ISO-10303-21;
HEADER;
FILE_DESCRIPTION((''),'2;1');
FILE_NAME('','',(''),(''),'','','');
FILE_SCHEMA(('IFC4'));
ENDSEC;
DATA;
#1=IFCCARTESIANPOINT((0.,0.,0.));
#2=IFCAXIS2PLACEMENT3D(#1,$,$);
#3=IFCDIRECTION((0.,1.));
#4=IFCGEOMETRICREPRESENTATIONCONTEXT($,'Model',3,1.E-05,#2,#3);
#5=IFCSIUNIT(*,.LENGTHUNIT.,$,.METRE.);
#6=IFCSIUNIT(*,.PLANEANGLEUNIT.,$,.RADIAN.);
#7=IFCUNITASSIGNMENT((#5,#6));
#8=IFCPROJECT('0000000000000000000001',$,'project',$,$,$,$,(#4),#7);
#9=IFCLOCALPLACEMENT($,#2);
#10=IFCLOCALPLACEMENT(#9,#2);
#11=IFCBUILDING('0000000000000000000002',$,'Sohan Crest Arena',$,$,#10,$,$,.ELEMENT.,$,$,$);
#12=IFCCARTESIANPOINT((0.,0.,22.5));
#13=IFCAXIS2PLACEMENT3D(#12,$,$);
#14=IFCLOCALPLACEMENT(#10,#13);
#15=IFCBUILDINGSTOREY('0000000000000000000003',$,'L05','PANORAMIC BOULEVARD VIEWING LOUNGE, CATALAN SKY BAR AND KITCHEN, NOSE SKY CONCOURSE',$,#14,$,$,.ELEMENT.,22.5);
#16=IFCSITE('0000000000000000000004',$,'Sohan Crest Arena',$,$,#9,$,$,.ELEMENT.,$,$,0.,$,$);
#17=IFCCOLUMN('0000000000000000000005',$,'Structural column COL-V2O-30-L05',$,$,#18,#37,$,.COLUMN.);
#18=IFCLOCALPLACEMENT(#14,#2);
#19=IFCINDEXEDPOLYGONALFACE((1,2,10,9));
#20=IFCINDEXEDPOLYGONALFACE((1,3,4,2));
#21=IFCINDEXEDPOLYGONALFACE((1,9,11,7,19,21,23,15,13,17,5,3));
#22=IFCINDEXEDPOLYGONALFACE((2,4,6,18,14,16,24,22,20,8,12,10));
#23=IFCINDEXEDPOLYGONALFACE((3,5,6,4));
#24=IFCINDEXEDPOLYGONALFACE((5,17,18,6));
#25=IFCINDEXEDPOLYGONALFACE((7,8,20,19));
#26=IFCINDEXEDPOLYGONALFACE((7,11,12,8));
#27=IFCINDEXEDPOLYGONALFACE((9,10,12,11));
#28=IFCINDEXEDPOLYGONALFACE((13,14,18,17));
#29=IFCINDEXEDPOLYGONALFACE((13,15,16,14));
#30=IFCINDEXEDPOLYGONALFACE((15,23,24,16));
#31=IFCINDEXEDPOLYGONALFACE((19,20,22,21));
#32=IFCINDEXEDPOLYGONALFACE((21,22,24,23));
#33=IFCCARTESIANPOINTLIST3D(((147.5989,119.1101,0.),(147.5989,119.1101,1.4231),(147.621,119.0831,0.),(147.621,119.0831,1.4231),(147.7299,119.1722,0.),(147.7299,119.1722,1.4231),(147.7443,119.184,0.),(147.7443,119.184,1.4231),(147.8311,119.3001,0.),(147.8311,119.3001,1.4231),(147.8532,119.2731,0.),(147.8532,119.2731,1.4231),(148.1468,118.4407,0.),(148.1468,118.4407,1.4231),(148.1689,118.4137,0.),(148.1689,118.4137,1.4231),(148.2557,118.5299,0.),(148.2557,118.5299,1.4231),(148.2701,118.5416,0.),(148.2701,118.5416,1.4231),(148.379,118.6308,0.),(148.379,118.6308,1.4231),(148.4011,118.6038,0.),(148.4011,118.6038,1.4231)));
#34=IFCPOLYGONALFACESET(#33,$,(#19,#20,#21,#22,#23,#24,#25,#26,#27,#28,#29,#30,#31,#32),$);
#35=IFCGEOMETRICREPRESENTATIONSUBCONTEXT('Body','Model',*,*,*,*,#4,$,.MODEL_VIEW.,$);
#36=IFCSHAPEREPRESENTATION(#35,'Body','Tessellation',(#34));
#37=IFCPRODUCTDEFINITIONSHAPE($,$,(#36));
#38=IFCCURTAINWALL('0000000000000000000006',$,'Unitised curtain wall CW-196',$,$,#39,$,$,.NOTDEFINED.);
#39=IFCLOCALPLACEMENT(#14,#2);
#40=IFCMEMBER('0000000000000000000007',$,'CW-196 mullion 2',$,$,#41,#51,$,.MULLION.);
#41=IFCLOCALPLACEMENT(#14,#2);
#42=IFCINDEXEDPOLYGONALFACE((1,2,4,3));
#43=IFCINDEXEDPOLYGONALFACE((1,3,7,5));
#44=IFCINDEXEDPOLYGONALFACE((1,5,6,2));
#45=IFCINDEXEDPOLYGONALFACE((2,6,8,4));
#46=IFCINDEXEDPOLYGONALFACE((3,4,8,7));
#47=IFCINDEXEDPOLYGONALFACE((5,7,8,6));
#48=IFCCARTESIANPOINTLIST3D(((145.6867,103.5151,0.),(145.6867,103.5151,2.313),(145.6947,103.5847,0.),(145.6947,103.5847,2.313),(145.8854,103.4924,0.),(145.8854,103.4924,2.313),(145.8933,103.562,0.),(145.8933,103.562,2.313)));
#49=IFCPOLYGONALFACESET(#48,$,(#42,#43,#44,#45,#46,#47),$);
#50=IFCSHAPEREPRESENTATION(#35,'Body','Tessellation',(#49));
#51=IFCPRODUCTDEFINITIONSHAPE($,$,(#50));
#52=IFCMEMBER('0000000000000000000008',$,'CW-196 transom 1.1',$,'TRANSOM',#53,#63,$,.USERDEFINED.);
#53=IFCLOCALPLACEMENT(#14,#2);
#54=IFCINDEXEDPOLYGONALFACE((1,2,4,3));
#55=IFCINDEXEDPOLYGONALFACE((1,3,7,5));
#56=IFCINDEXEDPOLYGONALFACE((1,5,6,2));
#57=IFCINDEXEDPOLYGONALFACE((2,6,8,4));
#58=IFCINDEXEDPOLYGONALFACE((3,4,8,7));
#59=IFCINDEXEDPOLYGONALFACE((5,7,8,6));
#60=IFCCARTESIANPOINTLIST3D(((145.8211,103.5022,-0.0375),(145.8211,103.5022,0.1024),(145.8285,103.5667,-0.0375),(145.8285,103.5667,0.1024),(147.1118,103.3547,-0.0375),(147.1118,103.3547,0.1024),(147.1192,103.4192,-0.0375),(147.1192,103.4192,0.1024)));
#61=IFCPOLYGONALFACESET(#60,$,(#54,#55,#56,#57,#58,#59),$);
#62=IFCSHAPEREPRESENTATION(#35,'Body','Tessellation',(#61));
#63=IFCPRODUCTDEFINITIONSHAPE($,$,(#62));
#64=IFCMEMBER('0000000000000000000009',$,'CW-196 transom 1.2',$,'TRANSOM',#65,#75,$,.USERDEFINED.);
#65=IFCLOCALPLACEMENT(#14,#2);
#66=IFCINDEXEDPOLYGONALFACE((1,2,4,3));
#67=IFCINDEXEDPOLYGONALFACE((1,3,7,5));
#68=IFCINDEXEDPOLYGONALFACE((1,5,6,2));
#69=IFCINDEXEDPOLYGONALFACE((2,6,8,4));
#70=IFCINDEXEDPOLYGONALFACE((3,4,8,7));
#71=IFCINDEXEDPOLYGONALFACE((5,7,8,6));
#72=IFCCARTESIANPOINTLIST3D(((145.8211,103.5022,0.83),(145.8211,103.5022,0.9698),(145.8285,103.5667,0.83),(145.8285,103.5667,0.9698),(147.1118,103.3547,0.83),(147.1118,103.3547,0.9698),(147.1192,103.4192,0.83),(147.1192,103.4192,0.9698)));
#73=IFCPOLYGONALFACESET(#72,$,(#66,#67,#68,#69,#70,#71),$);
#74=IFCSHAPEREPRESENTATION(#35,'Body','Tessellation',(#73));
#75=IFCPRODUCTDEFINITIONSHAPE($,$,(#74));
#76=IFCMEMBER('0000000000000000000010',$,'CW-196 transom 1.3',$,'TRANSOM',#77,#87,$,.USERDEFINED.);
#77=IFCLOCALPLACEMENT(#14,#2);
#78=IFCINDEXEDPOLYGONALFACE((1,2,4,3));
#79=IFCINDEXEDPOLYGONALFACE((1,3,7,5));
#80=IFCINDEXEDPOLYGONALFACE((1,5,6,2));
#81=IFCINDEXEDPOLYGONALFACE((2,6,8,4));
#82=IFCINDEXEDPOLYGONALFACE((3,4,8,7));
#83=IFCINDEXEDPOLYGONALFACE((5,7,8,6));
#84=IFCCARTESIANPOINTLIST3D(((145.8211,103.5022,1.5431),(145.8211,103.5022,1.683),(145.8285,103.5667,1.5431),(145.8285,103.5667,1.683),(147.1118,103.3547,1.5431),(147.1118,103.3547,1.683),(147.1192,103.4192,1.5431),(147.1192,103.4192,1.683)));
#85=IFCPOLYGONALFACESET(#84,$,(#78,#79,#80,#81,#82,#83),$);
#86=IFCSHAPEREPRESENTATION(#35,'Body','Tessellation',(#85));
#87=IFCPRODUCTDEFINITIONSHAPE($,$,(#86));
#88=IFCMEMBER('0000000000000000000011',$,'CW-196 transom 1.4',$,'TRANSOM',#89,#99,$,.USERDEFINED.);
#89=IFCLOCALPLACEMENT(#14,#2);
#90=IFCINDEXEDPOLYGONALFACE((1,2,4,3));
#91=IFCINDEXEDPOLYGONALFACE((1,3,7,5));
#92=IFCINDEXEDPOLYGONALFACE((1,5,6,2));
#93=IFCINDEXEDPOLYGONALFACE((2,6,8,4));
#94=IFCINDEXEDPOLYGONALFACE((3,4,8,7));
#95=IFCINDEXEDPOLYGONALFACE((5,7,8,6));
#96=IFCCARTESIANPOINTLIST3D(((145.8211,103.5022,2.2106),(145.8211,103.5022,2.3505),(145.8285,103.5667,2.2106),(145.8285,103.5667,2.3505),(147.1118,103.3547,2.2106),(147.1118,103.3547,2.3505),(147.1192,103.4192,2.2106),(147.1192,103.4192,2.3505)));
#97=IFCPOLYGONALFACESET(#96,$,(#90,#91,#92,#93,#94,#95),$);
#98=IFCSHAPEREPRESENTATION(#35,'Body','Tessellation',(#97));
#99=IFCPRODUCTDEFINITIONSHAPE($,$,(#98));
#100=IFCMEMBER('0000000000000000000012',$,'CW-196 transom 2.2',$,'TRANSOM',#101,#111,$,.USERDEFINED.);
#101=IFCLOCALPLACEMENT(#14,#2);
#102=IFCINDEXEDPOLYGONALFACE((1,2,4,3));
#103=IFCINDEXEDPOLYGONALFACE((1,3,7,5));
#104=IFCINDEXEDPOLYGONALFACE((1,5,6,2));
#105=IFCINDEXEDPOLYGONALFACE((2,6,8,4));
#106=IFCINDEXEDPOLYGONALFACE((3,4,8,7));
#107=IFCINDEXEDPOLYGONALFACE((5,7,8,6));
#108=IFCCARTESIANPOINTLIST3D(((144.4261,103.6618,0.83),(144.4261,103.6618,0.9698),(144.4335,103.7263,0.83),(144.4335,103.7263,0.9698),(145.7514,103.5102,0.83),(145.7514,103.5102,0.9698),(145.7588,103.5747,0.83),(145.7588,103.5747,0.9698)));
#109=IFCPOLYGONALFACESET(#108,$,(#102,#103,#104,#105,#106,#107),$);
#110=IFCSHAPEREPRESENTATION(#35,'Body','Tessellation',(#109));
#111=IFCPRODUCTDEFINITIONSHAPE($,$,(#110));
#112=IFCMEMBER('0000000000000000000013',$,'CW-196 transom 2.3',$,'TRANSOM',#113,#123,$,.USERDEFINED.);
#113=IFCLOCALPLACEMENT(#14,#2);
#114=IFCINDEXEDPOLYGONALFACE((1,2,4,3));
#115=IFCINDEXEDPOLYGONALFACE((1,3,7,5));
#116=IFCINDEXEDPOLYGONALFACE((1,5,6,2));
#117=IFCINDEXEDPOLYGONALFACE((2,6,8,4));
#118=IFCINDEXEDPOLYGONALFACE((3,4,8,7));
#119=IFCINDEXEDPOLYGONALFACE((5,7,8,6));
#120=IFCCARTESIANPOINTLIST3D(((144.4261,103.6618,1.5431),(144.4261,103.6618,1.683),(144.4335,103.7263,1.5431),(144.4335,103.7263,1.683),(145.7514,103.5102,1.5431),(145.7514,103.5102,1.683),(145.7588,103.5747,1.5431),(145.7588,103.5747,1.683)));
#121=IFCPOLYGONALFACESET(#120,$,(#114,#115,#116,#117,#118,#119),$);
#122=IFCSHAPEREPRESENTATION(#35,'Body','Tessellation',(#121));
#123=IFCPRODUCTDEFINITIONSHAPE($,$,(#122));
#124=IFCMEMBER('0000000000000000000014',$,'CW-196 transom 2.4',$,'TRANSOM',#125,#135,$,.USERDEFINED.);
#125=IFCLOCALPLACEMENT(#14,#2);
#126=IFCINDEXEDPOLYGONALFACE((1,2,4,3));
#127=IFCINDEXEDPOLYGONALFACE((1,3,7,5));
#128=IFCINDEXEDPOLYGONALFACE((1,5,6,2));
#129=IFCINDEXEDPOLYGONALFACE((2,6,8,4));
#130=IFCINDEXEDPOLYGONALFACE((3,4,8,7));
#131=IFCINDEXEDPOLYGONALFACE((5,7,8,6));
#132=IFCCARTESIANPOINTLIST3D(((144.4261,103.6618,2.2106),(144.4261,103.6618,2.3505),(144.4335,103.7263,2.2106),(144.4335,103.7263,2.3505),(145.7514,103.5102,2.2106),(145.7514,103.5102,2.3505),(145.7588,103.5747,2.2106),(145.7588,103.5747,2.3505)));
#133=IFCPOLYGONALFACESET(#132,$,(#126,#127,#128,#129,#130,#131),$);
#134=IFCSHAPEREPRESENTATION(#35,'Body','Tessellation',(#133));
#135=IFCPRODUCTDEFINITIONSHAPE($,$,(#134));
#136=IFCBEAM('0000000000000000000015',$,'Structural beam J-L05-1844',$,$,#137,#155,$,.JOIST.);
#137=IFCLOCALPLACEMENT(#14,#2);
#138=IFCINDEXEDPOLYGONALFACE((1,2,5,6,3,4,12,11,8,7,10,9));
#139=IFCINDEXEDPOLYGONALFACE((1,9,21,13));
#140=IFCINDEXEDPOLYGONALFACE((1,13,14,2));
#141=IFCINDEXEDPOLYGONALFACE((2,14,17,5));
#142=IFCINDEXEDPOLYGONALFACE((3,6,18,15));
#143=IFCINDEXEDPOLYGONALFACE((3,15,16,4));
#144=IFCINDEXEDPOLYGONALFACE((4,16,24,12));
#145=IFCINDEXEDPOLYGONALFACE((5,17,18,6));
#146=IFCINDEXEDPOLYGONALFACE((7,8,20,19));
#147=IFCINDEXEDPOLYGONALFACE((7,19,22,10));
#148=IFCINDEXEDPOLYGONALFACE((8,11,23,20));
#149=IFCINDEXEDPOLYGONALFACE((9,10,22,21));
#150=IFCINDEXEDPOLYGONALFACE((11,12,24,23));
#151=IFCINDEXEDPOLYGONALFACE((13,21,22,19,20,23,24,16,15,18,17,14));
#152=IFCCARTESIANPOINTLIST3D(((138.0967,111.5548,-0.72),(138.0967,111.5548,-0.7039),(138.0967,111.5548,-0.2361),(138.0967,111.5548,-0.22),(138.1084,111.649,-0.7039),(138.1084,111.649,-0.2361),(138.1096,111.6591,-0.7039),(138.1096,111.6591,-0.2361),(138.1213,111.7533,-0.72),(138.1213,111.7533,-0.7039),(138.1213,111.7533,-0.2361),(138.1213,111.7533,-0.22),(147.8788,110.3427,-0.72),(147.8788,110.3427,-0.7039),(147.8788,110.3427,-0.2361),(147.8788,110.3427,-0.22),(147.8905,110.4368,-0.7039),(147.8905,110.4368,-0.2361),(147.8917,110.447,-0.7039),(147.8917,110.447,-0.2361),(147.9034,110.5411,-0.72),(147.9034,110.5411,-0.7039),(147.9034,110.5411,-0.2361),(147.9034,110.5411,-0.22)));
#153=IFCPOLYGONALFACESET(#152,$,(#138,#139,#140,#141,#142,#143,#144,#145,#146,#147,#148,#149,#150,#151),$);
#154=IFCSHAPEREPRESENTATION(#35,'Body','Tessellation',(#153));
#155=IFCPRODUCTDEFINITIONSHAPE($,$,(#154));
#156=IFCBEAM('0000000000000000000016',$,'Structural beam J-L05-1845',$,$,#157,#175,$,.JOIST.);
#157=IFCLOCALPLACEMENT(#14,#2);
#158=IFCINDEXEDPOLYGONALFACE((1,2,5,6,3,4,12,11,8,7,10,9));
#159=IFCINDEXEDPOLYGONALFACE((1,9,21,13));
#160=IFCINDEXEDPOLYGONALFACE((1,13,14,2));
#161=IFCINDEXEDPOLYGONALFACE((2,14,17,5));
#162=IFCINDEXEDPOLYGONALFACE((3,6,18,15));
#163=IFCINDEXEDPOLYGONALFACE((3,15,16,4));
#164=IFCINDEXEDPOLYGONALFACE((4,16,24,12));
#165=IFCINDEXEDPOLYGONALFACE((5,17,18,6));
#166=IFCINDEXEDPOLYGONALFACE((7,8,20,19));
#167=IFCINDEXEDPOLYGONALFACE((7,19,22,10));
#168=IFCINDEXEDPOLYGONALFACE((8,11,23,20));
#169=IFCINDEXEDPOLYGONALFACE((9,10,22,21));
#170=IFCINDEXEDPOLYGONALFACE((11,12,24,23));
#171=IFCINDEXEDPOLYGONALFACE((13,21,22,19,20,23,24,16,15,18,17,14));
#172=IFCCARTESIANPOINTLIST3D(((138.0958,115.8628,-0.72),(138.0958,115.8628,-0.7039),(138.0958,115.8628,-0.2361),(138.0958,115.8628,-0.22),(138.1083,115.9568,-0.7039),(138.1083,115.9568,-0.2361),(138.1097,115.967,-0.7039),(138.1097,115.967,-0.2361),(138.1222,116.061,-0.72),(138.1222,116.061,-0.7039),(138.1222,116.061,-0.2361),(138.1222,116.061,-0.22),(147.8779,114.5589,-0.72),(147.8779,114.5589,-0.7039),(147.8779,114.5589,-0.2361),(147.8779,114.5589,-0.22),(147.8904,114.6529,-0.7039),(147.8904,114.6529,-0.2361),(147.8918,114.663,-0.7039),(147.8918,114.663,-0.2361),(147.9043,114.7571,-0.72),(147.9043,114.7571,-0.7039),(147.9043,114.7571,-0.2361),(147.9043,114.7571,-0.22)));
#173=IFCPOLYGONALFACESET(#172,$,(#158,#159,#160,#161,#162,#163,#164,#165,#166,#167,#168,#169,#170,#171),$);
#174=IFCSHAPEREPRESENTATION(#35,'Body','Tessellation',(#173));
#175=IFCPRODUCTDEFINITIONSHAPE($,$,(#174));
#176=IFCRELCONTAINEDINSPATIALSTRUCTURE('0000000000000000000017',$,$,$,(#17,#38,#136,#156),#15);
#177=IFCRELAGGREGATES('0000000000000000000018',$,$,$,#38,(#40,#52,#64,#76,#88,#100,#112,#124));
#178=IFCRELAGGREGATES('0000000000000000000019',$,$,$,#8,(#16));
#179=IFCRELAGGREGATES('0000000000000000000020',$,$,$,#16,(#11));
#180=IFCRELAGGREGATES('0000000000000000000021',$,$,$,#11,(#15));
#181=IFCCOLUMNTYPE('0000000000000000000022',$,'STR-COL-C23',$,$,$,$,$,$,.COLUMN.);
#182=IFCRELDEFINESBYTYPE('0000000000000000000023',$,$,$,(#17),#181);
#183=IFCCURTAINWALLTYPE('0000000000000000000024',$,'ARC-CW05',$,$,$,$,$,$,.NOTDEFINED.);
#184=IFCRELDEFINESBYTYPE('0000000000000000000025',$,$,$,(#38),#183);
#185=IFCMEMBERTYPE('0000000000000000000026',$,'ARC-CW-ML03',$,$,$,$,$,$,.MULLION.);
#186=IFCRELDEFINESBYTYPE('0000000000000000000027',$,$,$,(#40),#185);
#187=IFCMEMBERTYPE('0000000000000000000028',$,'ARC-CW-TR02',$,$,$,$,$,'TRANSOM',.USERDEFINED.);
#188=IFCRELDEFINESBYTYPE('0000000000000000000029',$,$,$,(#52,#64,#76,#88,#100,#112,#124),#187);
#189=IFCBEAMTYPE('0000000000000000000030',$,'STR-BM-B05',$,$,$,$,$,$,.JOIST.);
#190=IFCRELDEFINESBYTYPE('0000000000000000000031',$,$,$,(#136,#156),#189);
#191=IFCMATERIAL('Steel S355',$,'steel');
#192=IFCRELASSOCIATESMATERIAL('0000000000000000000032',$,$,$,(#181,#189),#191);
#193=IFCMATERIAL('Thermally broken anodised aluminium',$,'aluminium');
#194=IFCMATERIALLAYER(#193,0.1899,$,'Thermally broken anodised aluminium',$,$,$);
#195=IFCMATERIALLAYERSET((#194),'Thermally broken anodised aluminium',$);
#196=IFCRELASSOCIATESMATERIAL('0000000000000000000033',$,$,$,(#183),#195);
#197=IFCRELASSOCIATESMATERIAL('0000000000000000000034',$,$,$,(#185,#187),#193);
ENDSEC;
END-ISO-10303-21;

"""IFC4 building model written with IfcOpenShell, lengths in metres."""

from ifc_helpers import new_model, si_unit, direction, frame, origin, origin_2d, place, context, subcontext, project, spatial, rectangle, i_section, extrude, material, layer, layer_set, material_profile, profile_set, type_object, element, aggregate, save


model = new_model("IFC4")

# Units and contexts
model_context = context("Model", 3, precision=1e-05, world=origin(), true_north=direction((0.0, 1.0)))
body_context = subcontext(model_context, "Body", "Model", "MODEL_VIEW")
ifc_project = project(units=[si_unit("LENGTHUNIT", "METRE"), si_unit("PLANEANGLEUNIT", "RADIAN")], contexts=[model_context])

# Site, building, storey
site_placement = place(None, origin())
site = spatial("IfcSite", under=ifc_project, at=site_placement, Name="Sohan Crest Arena", CompositionType="ELEMENT", RefElevation=0.0)
building_placement = place(site_placement, origin())
building = spatial("IfcBuilding", under=site, at=building_placement, Name="Sohan Crest Arena", CompositionType="ELEMENT")
storey_placement = place(building_placement, frame((0.0, 0.0, 22.5)))
storey = spatial("IfcBuildingStorey", under=building, at=storey_placement, Name="L05", Description="PANORAMIC BOULEVARD VIEWING LOUNGE, CATALAN SKY BAR AND KITCHEN, NOSE SKY CONCOURSE", CompositionType="ELEMENT", Elevation=22.5)

# Column
ifc_material_1 = material(Name="Steel S355", Category="steel")
ifc_material_profile_1 = material_profile(ifc_material_1, i_section(OverallWidth=0.3, OverallDepth=0.8999, WebThickness=0.0186, FlangeThickness=0.0349, at=origin_2d()), Name="HEB 900")
ifc_profile_set_1 = profile_set([ifc_material_profile_1], Name="Steel S355")
column_type = type_object("IfcColumnType", Name="STR-COL-C23", PredefinedType="COLUMN", material=ifc_profile_set_1)
column_placement = place(storey_placement, frame((148.0, 118.8569, 0.0), z_axis=(0.0, 0.0, 1.0), x_axis=(0.77384, 0.633381, 0.0)))
element("IfcColumn", 1, at=column_placement, inside=storey, type_object=column_type, Name="Structural column COL-V2O-30-L05", PredefinedType="COLUMN", context=body_context, shape_type="SweptSolid", body=[
    extrude(i_section(OverallWidth=0.3, OverallDepth=0.8999, WebThickness=0.0186, FlangeThickness=0.0349, at=origin_2d()), origin(), (0.0, 0.0, 1.0), 1.4231),
])

# Curtain wall, members
ifc_material_2 = material(Name="Thermally broken anodised aluminium", Category="aluminium")
ifc_layer_1 = layer(ifc_material_2, 0.1899, Name="Thermally broken anodised aluminium")
ifc_layer_set_1 = layer_set([ifc_layer_1], Name="Thermally broken anodised aluminium")
curtain_wall_type = type_object("IfcCurtainWallType", Name="ARC-CW05", PredefinedType="NOTDEFINED", material=ifc_layer_set_1)
curtain_wall_placement = place(storey_placement, origin())
curtain_wall = element("IfcCurtainWall", 2, at=curtain_wall_placement, inside=storey, type_object=curtain_wall_type, Name="Unitised curtain wall CW-196", PredefinedType="NOTDEFINED")
ifc_material_profile_2 = material_profile(ifc_material_2, rectangle(XDim=0.0701, YDim=0.2, at=origin_2d()), Name="ALU-MULL 70x200")
ifc_profile_set_2 = profile_set([ifc_material_profile_2], Name="Thermally broken anodised aluminium")
member_type_1 = type_object("IfcMemberType", Name="ARC-CW-ML03", PredefinedType="MULLION", material=ifc_profile_set_2)
member_1_placement = place(storey_placement, frame((145.79, 103.5386, 0.0), z_axis=(0.0, 0.0, 1.0), x_axis=(-0.113597, -0.993527, 0.0)))
member_1 = element("IfcMember", 3, at=member_1_placement, type_object=member_type_1, Name="CW-196 mullion 2", PredefinedType="MULLION", context=body_context, shape_type="SweptSolid", body=[
    extrude(rectangle(XDim=0.0701, YDim=0.2, at=origin_2d()), origin(), (0.0, 0.0, 1.0), 2.313),
])
ifc_material_profile_3 = material_profile(ifc_material_2, rectangle(XDim=0.0649, YDim=0.1399, at=origin_2d()), Name="ALU-TRAN 65x140")
ifc_profile_set_3 = profile_set([ifc_material_profile_3], Name="Thermally broken anodised aluminium")
member_type_2 = type_object("IfcMemberType", Name="ARC-CW-TR02", ElementType="TRANSOM", PredefinedType="USERDEFINED", material=ifc_profile_set_3)
member_2_placement = place(storey_placement, frame((147.1155, 103.387, 0.0325), z_axis=(-0.993538, 0.113504, 0.0), x_axis=(-0.113504, -0.993538, 0.0)))
member_2 = element("IfcMember", 4, at=member_2_placement, type_object=member_type_2, Name="CW-196 transom 1.1", ObjectType="TRANSOM", PredefinedType="USERDEFINED", context=body_context, shape_type="SweptSolid", body=[
    extrude(rectangle(XDim=0.0649, YDim=0.1399, at=origin_2d()), origin(), (0.0, 0.0, 1.0), 1.2991),
])
member_3_placement = place(storey_placement, frame((147.1155, 103.387, 0.8999), z_axis=(-0.993538, 0.113504, 0.0), x_axis=(-0.113504, -0.993538, 0.0)))
member_3 = element("IfcMember", 5, at=member_3_placement, type_object=member_type_2, Name="CW-196 transom 1.2", ObjectType="TRANSOM", PredefinedType="USERDEFINED", context=body_context, shape_type="SweptSolid", body=[
    extrude(rectangle(XDim=0.0649, YDim=0.1399, at=origin_2d()), origin(), (0.0, 0.0, 1.0), 1.2991),
])
member_4_placement = place(storey_placement, frame((147.1155, 103.387, 1.613), z_axis=(-0.993538, 0.113504, 0.0), x_axis=(-0.113504, -0.993538, 0.0)))
member_4 = element("IfcMember", 6, at=member_4_placement, type_object=member_type_2, Name="CW-196 transom 1.3", ObjectType="TRANSOM", PredefinedType="USERDEFINED", context=body_context, shape_type="SweptSolid", body=[
    extrude(rectangle(XDim=0.0649, YDim=0.1399, at=origin_2d()), origin(), (0.0, 0.0, 1.0), 1.2991),
])
member_5_placement = place(storey_placement, frame((147.1155, 103.387, 2.2805), z_axis=(-0.993538, 0.113504, 0.0), x_axis=(-0.113504, -0.993538, 0.0)))
member_5 = element("IfcMember", 7, at=member_5_placement, type_object=member_type_2, Name="CW-196 transom 1.4", ObjectType="TRANSOM", PredefinedType="USERDEFINED", context=body_context, shape_type="SweptSolid", body=[
    extrude(rectangle(XDim=0.0649, YDim=0.1399, at=origin_2d()), origin(), (0.0, 0.0, 1.0), 1.2991),
])
member_6_placement = place(storey_placement, frame((145.7551, 103.5425, 0.8999), z_axis=(-0.993521, 0.113645, 0.0), x_axis=(-0.113645, -0.993521, 0.0)))
member_6 = element("IfcMember", 8, at=member_6_placement, type_object=member_type_2, Name="CW-196 transom 2.2", ObjectType="TRANSOM", PredefinedType="USERDEFINED", context=body_context, shape_type="SweptSolid", body=[
    extrude(rectangle(XDim=0.0649, YDim=0.1399, at=origin_2d()), origin(), (0.0, 0.0, 1.0), 1.334),
])
member_7_placement = place(storey_placement, frame((145.7551, 103.5425, 1.613), z_axis=(-0.993521, 0.113645, 0.0), x_axis=(-0.113645, -0.993521, 0.0)))
member_7 = element("IfcMember", 9, at=member_7_placement, type_object=member_type_2, Name="CW-196 transom 2.3", ObjectType="TRANSOM", PredefinedType="USERDEFINED", context=body_context, shape_type="SweptSolid", body=[
    extrude(rectangle(XDim=0.0649, YDim=0.1399, at=origin_2d()), origin(), (0.0, 0.0, 1.0), 1.334),
])
member_8_placement = place(storey_placement, frame((145.7551, 103.5425, 2.2805), z_axis=(-0.993521, 0.113645, 0.0), x_axis=(-0.113645, -0.993521, 0.0)))
member_8 = element("IfcMember", 10, at=member_8_placement, type_object=member_type_2, Name="CW-196 transom 2.4", ObjectType="TRANSOM", PredefinedType="USERDEFINED", context=body_context, shape_type="SweptSolid", body=[
    extrude(rectangle(XDim=0.0649, YDim=0.1399, at=origin_2d()), origin(), (0.0, 0.0, 1.0), 1.334),
])

# Beams
ifc_material_profile_4 = material_profile(ifc_material_1, i_section(OverallWidth=0.2, OverallDepth=0.5, WebThickness=0.0103, FlangeThickness=0.0161, at=origin_2d()), Name="IPE 500")
ifc_profile_set_4 = profile_set([ifc_material_profile_4], Name="Steel S355")
beam_type_1 = type_object("IfcBeamType", Name="STR-BM-B05", PredefinedType="JOIST", material=ifc_profile_set_4)
beam_1_placement = place(storey_placement, frame((147.8911, 110.4419, -0.47), z_axis=(-0.99241, 0.122974, 0.0), x_axis=(-0.122974, -0.99241, 0.0)))
element("IfcBeam", 11, at=beam_1_placement, inside=storey, type_object=beam_type_1, Name="Structural beam J-L05-1844", PredefinedType="JOIST", context=body_context, shape_type="SweptSolid", body=[
    extrude(i_section(OverallWidth=0.2, OverallDepth=0.5, WebThickness=0.0103, FlangeThickness=0.0161, at=origin_2d()), origin(), (0.0, 0.0, 1.0), 9.8569),
])
beam_2_placement = place(storey_placement, frame((147.8911, 114.658, -0.47), z_axis=(-0.991232, 0.13213, 0.0), x_axis=(-0.13213, -0.991232, 0.0)))
element("IfcBeam", 12, at=beam_2_placement, inside=storey, type_object=beam_type_1, Name="Structural beam J-L05-1845", PredefinedType="JOIST", context=body_context, shape_type="SweptSolid", body=[
    extrude(i_section(OverallWidth=0.2, OverallDepth=0.5, WebThickness=0.0103, FlangeThickness=0.0161, at=origin_2d()), origin(), (0.0, 0.0, 1.0), 9.8687),
])

aggregate(curtain_wall, [member_1, member_2, member_3, member_4, member_5, member_6, member_7, member_8])

save(model, "model.ifc")
